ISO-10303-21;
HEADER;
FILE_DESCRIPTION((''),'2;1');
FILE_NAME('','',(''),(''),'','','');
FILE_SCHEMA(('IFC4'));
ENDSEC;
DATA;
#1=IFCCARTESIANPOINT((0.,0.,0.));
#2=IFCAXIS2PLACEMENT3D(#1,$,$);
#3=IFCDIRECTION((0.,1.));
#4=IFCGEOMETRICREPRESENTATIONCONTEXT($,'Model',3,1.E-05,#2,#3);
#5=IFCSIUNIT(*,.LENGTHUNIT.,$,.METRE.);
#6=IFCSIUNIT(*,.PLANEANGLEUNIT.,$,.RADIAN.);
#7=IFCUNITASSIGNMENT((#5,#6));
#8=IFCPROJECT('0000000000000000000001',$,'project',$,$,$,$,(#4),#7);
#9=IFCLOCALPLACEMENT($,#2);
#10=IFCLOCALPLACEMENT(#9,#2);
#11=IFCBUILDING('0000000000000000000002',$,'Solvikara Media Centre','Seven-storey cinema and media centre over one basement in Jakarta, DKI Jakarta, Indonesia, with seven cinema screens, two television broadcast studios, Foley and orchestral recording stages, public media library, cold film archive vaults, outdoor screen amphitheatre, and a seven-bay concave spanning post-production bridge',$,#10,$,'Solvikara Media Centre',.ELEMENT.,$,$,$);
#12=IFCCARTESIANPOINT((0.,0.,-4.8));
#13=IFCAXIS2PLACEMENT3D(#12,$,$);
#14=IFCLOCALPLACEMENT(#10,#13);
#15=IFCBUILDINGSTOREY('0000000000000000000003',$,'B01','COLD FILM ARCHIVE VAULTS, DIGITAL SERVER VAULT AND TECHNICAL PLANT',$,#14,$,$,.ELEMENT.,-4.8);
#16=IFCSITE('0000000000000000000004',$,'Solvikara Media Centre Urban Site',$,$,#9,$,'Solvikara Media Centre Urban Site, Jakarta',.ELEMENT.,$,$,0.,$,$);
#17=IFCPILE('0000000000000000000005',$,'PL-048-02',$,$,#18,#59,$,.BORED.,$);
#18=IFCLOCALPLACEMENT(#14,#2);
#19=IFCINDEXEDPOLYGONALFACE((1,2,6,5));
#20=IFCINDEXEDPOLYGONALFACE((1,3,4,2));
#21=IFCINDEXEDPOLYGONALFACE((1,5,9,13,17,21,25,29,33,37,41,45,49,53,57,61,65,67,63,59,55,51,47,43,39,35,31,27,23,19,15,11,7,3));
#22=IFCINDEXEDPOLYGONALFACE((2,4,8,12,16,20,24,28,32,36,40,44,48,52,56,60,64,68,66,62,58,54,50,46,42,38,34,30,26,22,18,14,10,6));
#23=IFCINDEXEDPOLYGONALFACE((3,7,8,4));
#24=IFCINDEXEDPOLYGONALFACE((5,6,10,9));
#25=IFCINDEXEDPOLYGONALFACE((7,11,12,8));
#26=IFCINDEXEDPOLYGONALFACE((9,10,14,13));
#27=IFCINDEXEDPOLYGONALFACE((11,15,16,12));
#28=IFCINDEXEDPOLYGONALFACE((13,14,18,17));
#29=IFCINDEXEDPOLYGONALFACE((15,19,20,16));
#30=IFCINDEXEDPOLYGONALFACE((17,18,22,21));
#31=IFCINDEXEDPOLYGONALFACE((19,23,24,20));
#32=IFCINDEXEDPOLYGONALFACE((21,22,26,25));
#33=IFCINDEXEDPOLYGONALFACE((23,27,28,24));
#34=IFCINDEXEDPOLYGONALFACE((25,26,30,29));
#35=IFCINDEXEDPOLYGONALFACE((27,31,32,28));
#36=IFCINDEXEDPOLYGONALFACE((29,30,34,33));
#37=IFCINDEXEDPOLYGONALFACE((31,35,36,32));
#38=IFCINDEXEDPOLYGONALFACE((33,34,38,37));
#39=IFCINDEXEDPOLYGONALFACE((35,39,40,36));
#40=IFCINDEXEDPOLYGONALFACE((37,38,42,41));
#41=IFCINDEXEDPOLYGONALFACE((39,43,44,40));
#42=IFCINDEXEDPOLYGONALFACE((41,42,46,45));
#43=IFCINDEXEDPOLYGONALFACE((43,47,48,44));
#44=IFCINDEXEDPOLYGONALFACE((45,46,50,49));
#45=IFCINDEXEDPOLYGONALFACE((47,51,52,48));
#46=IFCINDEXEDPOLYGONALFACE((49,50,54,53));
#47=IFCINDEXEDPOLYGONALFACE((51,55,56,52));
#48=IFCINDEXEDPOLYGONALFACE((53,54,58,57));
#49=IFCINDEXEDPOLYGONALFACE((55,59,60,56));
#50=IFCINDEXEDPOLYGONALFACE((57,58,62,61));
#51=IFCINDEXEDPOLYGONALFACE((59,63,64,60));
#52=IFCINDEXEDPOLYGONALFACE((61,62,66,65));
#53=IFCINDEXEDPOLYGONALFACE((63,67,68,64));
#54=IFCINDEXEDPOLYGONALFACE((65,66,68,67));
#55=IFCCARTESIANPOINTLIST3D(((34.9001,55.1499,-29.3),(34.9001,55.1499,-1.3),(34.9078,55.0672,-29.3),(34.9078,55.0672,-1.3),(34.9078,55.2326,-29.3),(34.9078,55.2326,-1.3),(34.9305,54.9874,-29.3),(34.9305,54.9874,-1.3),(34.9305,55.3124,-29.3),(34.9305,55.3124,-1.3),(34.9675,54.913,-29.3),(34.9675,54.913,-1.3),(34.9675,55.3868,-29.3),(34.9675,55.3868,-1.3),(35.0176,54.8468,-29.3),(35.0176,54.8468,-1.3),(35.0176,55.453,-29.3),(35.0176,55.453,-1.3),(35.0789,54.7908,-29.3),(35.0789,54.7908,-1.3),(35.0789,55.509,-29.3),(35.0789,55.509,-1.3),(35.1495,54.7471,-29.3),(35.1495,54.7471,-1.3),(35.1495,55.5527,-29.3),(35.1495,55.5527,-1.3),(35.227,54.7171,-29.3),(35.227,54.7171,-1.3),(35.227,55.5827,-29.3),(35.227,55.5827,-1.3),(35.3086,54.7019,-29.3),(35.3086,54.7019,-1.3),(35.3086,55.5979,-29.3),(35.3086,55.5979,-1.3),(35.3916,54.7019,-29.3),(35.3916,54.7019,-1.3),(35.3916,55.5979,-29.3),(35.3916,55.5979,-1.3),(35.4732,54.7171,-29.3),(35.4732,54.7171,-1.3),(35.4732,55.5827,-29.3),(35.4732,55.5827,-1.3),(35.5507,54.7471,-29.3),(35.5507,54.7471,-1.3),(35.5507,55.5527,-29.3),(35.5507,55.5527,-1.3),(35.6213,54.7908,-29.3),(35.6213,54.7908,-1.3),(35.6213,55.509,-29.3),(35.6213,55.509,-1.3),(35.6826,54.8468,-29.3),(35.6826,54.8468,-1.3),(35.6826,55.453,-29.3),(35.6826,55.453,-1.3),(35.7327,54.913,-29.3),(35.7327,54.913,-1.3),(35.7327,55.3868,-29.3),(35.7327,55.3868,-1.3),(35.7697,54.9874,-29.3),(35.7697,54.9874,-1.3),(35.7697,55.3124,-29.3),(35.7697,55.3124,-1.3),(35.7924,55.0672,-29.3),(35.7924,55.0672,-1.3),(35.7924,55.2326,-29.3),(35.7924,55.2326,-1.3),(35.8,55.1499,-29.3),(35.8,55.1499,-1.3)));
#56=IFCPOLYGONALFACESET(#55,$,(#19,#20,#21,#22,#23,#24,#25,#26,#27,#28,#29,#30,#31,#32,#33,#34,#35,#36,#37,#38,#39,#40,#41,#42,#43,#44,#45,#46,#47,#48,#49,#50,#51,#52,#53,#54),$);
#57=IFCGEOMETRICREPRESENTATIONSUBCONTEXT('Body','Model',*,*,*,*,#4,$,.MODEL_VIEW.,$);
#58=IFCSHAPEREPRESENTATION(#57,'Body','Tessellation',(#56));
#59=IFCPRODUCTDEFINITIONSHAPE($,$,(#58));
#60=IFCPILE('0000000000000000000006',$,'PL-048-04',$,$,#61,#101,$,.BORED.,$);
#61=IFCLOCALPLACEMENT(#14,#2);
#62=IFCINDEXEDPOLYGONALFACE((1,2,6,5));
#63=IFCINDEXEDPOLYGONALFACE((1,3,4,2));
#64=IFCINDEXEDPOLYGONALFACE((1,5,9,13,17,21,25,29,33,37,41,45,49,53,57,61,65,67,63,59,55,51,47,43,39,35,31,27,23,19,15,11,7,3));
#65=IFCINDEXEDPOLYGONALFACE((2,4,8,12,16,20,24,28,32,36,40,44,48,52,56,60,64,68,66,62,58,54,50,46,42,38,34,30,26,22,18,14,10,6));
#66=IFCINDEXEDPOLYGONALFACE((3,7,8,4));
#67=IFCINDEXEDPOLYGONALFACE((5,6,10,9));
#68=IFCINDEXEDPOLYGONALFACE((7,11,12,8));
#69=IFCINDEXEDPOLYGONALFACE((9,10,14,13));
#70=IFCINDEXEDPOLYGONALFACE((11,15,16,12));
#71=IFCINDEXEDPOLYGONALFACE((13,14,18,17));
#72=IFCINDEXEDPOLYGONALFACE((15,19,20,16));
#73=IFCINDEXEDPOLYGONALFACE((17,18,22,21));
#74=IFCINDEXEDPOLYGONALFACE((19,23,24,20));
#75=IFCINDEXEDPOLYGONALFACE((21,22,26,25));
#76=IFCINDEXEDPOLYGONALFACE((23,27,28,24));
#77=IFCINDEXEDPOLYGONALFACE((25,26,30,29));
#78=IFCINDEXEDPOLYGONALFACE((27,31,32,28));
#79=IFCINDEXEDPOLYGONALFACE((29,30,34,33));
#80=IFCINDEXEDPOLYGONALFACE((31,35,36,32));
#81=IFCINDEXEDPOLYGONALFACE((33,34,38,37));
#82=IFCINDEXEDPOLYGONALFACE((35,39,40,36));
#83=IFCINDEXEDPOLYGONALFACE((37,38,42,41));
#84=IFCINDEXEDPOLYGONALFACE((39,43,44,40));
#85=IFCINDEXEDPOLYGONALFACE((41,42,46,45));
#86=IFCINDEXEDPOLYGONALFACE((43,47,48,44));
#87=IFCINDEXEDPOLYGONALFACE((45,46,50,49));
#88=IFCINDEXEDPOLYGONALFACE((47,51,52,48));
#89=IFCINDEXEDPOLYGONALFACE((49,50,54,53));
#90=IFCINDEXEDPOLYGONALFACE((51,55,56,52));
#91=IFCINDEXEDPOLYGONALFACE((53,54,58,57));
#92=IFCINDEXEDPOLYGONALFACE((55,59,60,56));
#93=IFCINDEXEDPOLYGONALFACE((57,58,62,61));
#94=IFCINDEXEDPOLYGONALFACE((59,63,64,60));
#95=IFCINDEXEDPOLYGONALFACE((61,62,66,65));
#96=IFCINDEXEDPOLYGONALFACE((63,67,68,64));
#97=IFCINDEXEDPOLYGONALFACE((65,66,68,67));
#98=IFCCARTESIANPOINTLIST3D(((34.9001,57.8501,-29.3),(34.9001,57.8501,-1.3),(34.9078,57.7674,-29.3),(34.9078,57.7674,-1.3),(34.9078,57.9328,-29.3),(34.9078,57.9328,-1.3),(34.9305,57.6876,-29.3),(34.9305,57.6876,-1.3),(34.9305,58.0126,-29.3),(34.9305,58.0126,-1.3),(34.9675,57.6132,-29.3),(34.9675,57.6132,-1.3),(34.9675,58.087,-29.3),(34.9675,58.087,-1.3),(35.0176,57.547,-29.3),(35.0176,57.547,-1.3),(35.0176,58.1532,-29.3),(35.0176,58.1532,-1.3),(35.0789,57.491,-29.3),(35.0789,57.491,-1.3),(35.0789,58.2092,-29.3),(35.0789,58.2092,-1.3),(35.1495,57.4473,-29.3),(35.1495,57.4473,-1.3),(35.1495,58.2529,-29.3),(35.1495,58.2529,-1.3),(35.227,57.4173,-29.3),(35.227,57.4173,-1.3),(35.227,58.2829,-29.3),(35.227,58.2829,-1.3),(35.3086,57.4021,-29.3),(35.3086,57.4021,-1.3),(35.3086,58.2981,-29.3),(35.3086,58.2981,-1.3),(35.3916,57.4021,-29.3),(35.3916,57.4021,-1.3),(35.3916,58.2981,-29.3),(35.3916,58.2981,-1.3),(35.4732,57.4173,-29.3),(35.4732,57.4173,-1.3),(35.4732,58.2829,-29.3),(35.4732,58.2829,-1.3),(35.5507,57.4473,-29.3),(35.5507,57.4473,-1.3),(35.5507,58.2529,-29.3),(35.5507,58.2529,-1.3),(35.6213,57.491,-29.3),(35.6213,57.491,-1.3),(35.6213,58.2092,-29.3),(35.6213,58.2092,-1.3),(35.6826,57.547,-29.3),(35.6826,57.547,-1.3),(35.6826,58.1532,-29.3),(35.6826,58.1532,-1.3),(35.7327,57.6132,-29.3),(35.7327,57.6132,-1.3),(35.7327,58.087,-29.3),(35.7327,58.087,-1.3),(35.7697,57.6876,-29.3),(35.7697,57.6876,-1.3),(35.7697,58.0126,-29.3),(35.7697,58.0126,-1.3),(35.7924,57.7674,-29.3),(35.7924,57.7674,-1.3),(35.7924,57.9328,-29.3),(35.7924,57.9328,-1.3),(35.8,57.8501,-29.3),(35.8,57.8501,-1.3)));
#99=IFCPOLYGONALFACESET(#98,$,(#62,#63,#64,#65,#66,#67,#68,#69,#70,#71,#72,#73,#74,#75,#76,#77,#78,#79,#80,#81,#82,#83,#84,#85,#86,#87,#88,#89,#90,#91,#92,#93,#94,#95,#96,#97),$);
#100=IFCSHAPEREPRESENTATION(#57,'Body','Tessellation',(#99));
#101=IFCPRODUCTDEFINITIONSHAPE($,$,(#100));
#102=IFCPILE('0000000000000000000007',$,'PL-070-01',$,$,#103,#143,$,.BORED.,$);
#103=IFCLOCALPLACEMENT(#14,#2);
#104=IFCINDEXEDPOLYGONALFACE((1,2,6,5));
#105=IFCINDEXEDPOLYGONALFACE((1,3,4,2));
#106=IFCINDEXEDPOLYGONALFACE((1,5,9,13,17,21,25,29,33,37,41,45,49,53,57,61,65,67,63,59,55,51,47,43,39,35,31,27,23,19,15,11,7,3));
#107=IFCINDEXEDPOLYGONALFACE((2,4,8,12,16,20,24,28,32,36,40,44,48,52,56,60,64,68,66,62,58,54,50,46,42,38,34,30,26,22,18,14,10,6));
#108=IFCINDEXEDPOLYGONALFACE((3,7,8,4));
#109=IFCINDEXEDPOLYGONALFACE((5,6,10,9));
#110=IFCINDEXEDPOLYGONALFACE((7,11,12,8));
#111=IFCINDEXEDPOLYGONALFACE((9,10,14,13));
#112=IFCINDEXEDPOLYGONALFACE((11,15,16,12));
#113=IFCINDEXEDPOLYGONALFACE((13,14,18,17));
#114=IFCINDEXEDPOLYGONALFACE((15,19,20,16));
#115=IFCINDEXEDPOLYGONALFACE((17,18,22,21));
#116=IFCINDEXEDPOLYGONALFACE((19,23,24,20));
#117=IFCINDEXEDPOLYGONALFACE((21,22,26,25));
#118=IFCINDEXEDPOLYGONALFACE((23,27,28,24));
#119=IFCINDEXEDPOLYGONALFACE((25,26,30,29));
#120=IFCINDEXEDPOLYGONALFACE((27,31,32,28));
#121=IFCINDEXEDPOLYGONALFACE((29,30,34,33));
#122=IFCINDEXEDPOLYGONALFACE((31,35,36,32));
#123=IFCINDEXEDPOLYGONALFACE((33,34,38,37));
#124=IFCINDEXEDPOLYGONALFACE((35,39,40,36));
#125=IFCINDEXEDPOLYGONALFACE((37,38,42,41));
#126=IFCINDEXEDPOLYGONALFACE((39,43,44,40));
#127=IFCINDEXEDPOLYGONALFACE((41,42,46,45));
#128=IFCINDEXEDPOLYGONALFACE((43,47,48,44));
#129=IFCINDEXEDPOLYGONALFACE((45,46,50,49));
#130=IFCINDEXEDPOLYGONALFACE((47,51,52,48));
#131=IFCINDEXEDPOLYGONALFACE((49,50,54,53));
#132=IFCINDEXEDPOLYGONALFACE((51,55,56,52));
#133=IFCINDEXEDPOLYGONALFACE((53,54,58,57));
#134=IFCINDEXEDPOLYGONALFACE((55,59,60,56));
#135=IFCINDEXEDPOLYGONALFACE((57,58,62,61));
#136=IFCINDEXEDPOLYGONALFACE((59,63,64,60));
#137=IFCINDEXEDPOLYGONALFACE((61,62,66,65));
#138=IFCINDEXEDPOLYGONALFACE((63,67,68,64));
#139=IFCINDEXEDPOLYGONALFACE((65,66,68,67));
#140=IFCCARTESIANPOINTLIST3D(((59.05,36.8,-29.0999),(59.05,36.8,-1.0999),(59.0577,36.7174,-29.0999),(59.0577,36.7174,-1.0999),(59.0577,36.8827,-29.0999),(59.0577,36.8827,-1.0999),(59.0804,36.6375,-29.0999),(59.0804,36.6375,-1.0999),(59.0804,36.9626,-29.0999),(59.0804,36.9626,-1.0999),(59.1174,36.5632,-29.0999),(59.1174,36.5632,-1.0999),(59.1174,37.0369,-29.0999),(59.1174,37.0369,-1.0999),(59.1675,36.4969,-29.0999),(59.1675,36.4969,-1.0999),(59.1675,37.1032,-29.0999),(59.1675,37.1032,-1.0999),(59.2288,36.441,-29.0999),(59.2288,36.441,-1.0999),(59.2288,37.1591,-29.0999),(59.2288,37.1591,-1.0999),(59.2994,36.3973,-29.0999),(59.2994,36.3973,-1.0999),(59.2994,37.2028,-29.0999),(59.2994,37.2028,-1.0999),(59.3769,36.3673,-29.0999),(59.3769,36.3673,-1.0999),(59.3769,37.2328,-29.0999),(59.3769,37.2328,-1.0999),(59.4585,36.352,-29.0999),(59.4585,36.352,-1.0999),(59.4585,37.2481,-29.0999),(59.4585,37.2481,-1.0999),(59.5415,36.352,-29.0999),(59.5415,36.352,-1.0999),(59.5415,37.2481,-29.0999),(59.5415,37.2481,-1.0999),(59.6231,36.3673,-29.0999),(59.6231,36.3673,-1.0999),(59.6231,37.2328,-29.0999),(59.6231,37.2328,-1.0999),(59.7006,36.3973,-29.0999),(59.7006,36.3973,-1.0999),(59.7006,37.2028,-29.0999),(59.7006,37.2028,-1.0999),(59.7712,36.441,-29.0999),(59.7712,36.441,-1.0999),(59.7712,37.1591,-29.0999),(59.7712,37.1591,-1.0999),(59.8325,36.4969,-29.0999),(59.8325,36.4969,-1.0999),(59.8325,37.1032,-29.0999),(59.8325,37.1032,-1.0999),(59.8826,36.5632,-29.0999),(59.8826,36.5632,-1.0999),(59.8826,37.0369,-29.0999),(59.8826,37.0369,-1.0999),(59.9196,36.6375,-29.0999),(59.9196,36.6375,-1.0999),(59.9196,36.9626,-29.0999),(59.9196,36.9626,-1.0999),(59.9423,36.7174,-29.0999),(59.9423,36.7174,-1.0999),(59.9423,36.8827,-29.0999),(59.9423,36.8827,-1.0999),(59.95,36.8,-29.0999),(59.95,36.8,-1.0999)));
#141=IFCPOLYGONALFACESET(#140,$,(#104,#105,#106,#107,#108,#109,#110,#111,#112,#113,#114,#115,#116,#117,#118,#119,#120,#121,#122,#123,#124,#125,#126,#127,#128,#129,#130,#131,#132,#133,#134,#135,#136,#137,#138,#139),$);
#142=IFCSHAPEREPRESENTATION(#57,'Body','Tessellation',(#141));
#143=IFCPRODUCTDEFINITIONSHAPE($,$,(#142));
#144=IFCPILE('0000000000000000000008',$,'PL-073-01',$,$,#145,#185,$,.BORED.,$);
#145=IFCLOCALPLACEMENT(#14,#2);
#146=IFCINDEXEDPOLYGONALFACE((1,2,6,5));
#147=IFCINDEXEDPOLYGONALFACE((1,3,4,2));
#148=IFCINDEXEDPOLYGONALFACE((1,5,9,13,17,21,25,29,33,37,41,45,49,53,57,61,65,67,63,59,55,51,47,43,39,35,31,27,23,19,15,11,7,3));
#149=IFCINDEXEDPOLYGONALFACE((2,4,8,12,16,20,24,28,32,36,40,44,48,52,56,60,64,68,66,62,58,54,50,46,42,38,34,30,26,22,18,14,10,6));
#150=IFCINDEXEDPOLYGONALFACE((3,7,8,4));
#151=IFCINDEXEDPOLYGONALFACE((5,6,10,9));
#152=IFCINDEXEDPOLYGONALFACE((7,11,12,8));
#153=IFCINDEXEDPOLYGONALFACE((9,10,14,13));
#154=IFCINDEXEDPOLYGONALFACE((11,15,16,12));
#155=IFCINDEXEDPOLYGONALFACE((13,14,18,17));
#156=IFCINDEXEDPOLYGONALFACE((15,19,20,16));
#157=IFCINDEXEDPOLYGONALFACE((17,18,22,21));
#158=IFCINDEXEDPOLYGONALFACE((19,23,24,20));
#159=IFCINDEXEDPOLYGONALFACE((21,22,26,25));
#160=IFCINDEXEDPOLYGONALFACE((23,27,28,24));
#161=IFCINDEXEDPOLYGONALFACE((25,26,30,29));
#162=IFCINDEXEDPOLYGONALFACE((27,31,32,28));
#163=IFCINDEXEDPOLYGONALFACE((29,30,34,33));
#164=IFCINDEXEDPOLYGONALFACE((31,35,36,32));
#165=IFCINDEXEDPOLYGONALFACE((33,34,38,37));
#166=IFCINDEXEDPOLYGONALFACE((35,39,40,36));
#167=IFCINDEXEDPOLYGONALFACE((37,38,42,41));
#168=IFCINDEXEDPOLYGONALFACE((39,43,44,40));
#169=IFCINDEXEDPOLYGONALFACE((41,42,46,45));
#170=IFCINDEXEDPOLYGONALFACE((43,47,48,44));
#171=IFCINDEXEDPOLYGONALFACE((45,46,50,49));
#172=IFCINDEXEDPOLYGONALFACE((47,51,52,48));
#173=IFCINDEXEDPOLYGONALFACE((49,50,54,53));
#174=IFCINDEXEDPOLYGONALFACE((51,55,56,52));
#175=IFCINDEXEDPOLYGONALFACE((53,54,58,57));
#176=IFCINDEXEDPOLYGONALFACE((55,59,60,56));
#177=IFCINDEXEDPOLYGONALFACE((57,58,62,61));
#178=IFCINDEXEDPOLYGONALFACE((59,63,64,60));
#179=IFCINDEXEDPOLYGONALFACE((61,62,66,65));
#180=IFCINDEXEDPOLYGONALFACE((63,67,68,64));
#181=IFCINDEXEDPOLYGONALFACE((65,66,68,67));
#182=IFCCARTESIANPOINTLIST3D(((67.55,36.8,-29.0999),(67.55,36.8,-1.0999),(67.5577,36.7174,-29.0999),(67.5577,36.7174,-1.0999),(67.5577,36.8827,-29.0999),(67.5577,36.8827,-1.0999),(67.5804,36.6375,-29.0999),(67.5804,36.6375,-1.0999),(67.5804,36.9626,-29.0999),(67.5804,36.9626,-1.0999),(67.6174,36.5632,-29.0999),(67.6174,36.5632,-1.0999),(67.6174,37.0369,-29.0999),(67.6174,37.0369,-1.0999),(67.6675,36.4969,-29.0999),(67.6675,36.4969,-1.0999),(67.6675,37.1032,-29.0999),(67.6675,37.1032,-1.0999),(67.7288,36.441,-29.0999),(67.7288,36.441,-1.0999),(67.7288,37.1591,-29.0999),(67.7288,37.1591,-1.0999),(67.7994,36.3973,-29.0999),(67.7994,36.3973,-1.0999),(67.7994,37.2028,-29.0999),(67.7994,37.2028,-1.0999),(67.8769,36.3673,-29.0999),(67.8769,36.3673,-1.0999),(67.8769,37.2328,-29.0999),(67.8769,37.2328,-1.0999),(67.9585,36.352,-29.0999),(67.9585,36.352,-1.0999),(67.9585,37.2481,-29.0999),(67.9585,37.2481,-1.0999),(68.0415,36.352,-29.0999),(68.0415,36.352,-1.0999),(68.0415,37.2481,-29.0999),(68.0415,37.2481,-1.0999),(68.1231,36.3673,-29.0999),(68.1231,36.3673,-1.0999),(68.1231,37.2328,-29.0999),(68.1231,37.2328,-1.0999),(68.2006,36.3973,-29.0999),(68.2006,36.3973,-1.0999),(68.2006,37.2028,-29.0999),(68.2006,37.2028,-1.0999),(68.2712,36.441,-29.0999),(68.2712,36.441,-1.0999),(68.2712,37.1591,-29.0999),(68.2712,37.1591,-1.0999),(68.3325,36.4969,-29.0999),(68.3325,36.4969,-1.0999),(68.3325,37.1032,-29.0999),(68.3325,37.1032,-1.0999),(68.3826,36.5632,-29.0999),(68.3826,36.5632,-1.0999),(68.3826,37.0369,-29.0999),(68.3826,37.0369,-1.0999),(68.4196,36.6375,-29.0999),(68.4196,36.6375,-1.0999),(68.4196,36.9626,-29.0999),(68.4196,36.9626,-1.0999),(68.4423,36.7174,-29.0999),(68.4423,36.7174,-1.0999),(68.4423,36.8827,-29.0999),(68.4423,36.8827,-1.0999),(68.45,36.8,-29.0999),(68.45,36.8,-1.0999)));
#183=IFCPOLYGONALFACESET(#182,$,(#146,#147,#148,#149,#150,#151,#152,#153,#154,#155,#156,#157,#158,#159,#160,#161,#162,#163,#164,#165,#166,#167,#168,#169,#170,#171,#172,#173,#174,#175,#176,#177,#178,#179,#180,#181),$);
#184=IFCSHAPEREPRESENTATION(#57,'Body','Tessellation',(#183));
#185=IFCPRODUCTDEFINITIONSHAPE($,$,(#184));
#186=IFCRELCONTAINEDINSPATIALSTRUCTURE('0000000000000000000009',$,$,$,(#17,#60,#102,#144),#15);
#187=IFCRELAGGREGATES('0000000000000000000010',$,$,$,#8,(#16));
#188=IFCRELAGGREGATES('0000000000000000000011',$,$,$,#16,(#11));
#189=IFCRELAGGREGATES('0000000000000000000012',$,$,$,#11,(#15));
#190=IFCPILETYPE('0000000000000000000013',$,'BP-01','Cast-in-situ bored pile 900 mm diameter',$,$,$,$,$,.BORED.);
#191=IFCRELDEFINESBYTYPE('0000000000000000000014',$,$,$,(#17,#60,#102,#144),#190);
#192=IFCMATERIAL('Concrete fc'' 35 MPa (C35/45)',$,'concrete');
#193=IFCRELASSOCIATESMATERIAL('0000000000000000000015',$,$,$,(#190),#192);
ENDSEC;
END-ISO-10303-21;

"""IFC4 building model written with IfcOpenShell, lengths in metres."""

from ifc_helpers import new_model, si_unit, direction, frame, origin, origin_2d, place, context, subcontext, project, spatial, circle, extrude, material, material_profile, profile_set, type_object, element, save


model = new_model("IFC4")

# Units and contexts
model_context = context("Model", 3, precision=1e-05, world=origin(), true_north=direction((0.0, 1.0)))
body_context = subcontext(model_context, "Body", "Model", "MODEL_VIEW")
ifc_project = project(units=[si_unit("LENGTHUNIT", "METRE"), si_unit("PLANEANGLEUNIT", "RADIAN")], contexts=[model_context])

# Site, building, storey
site_placement = place(None, origin())
site = spatial("IfcSite", under=ifc_project, at=site_placement, Name="Solvikara Media Centre Urban Site", LongName="Solvikara Media Centre Urban Site, Jakarta", CompositionType="ELEMENT", RefElevation=0.0)
building_placement = place(site_placement, origin())
building = spatial("IfcBuilding", under=site, at=building_placement, Name="Solvikara Media Centre", Description="Seven-storey cinema and media centre over one basement in Jakarta, DKI Jakarta, Indonesia, with seven cinema screens, two television broadcast studios, Foley and orchestral recording stages, public media library, cold film archive vaults, outdoor screen amphitheatre, and a seven-bay concave spanning post-production bridge", LongName="Solvikara Media Centre", CompositionType="ELEMENT")
storey_placement = place(building_placement, frame((0.0, 0.0, -4.8)))
storey = spatial("IfcBuildingStorey", under=building, at=storey_placement, Name="B01", Description="COLD FILM ARCHIVE VAULTS, DIGITAL SERVER VAULT AND TECHNICAL PLANT", CompositionType="ELEMENT", Elevation=-4.8)

# Piles
ifc_material_1 = material(Name="Concrete fc' 35 MPa (C35/45)", Category="concrete")
ifc_material_profile_1 = material_profile(ifc_material_1, circle(Radius=0.45, at=origin_2d()), Name="BORED PILE D900")
ifc_profile_set_1 = profile_set([ifc_material_profile_1], Name="Concrete fc' 35 MPa (C35/45)")
pile_type_1 = type_object("IfcPileType", Name="BP-01", Description="Cast-in-situ bored pile 900 mm diameter", PredefinedType="BORED", material=ifc_profile_set_1)
for number, where, z_axis, x_axis, name in (
    (1, (35.3501, 55.1499, -1.3), (0.0, 0.0, -1.0), (1.0, 0.0, 0.0), "PL-048-02"),
    (2, (35.3501, 57.8501, -1.3), (0.0, 0.0, -1.0), (1.0, 0.0, 0.0), "PL-048-04"),
    (3, (59.5, 36.8, -1.0999), (0.0, 0.0, -1.0), (1.0, 0.0, 0.0), "PL-070-01"),
    (4, (68.0, 36.8, -1.0999), (0.0, 0.0, -1.0), (1.0, 0.0, 0.0), "PL-073-01"),
):
    element("IfcPile", number, at=place(storey_placement, frame(where, z_axis=z_axis, x_axis=x_axis)), inside=storey, type_object=pile_type_1, Name=name, PredefinedType="BORED", context=body_context, shape_type="SweptSolid", body=[
        extrude(circle(Radius=0.45, at=origin_2d()), origin(), (0.0, 0.0, 1.0), 28.0),
    ])

save(model, "model.ifc")
